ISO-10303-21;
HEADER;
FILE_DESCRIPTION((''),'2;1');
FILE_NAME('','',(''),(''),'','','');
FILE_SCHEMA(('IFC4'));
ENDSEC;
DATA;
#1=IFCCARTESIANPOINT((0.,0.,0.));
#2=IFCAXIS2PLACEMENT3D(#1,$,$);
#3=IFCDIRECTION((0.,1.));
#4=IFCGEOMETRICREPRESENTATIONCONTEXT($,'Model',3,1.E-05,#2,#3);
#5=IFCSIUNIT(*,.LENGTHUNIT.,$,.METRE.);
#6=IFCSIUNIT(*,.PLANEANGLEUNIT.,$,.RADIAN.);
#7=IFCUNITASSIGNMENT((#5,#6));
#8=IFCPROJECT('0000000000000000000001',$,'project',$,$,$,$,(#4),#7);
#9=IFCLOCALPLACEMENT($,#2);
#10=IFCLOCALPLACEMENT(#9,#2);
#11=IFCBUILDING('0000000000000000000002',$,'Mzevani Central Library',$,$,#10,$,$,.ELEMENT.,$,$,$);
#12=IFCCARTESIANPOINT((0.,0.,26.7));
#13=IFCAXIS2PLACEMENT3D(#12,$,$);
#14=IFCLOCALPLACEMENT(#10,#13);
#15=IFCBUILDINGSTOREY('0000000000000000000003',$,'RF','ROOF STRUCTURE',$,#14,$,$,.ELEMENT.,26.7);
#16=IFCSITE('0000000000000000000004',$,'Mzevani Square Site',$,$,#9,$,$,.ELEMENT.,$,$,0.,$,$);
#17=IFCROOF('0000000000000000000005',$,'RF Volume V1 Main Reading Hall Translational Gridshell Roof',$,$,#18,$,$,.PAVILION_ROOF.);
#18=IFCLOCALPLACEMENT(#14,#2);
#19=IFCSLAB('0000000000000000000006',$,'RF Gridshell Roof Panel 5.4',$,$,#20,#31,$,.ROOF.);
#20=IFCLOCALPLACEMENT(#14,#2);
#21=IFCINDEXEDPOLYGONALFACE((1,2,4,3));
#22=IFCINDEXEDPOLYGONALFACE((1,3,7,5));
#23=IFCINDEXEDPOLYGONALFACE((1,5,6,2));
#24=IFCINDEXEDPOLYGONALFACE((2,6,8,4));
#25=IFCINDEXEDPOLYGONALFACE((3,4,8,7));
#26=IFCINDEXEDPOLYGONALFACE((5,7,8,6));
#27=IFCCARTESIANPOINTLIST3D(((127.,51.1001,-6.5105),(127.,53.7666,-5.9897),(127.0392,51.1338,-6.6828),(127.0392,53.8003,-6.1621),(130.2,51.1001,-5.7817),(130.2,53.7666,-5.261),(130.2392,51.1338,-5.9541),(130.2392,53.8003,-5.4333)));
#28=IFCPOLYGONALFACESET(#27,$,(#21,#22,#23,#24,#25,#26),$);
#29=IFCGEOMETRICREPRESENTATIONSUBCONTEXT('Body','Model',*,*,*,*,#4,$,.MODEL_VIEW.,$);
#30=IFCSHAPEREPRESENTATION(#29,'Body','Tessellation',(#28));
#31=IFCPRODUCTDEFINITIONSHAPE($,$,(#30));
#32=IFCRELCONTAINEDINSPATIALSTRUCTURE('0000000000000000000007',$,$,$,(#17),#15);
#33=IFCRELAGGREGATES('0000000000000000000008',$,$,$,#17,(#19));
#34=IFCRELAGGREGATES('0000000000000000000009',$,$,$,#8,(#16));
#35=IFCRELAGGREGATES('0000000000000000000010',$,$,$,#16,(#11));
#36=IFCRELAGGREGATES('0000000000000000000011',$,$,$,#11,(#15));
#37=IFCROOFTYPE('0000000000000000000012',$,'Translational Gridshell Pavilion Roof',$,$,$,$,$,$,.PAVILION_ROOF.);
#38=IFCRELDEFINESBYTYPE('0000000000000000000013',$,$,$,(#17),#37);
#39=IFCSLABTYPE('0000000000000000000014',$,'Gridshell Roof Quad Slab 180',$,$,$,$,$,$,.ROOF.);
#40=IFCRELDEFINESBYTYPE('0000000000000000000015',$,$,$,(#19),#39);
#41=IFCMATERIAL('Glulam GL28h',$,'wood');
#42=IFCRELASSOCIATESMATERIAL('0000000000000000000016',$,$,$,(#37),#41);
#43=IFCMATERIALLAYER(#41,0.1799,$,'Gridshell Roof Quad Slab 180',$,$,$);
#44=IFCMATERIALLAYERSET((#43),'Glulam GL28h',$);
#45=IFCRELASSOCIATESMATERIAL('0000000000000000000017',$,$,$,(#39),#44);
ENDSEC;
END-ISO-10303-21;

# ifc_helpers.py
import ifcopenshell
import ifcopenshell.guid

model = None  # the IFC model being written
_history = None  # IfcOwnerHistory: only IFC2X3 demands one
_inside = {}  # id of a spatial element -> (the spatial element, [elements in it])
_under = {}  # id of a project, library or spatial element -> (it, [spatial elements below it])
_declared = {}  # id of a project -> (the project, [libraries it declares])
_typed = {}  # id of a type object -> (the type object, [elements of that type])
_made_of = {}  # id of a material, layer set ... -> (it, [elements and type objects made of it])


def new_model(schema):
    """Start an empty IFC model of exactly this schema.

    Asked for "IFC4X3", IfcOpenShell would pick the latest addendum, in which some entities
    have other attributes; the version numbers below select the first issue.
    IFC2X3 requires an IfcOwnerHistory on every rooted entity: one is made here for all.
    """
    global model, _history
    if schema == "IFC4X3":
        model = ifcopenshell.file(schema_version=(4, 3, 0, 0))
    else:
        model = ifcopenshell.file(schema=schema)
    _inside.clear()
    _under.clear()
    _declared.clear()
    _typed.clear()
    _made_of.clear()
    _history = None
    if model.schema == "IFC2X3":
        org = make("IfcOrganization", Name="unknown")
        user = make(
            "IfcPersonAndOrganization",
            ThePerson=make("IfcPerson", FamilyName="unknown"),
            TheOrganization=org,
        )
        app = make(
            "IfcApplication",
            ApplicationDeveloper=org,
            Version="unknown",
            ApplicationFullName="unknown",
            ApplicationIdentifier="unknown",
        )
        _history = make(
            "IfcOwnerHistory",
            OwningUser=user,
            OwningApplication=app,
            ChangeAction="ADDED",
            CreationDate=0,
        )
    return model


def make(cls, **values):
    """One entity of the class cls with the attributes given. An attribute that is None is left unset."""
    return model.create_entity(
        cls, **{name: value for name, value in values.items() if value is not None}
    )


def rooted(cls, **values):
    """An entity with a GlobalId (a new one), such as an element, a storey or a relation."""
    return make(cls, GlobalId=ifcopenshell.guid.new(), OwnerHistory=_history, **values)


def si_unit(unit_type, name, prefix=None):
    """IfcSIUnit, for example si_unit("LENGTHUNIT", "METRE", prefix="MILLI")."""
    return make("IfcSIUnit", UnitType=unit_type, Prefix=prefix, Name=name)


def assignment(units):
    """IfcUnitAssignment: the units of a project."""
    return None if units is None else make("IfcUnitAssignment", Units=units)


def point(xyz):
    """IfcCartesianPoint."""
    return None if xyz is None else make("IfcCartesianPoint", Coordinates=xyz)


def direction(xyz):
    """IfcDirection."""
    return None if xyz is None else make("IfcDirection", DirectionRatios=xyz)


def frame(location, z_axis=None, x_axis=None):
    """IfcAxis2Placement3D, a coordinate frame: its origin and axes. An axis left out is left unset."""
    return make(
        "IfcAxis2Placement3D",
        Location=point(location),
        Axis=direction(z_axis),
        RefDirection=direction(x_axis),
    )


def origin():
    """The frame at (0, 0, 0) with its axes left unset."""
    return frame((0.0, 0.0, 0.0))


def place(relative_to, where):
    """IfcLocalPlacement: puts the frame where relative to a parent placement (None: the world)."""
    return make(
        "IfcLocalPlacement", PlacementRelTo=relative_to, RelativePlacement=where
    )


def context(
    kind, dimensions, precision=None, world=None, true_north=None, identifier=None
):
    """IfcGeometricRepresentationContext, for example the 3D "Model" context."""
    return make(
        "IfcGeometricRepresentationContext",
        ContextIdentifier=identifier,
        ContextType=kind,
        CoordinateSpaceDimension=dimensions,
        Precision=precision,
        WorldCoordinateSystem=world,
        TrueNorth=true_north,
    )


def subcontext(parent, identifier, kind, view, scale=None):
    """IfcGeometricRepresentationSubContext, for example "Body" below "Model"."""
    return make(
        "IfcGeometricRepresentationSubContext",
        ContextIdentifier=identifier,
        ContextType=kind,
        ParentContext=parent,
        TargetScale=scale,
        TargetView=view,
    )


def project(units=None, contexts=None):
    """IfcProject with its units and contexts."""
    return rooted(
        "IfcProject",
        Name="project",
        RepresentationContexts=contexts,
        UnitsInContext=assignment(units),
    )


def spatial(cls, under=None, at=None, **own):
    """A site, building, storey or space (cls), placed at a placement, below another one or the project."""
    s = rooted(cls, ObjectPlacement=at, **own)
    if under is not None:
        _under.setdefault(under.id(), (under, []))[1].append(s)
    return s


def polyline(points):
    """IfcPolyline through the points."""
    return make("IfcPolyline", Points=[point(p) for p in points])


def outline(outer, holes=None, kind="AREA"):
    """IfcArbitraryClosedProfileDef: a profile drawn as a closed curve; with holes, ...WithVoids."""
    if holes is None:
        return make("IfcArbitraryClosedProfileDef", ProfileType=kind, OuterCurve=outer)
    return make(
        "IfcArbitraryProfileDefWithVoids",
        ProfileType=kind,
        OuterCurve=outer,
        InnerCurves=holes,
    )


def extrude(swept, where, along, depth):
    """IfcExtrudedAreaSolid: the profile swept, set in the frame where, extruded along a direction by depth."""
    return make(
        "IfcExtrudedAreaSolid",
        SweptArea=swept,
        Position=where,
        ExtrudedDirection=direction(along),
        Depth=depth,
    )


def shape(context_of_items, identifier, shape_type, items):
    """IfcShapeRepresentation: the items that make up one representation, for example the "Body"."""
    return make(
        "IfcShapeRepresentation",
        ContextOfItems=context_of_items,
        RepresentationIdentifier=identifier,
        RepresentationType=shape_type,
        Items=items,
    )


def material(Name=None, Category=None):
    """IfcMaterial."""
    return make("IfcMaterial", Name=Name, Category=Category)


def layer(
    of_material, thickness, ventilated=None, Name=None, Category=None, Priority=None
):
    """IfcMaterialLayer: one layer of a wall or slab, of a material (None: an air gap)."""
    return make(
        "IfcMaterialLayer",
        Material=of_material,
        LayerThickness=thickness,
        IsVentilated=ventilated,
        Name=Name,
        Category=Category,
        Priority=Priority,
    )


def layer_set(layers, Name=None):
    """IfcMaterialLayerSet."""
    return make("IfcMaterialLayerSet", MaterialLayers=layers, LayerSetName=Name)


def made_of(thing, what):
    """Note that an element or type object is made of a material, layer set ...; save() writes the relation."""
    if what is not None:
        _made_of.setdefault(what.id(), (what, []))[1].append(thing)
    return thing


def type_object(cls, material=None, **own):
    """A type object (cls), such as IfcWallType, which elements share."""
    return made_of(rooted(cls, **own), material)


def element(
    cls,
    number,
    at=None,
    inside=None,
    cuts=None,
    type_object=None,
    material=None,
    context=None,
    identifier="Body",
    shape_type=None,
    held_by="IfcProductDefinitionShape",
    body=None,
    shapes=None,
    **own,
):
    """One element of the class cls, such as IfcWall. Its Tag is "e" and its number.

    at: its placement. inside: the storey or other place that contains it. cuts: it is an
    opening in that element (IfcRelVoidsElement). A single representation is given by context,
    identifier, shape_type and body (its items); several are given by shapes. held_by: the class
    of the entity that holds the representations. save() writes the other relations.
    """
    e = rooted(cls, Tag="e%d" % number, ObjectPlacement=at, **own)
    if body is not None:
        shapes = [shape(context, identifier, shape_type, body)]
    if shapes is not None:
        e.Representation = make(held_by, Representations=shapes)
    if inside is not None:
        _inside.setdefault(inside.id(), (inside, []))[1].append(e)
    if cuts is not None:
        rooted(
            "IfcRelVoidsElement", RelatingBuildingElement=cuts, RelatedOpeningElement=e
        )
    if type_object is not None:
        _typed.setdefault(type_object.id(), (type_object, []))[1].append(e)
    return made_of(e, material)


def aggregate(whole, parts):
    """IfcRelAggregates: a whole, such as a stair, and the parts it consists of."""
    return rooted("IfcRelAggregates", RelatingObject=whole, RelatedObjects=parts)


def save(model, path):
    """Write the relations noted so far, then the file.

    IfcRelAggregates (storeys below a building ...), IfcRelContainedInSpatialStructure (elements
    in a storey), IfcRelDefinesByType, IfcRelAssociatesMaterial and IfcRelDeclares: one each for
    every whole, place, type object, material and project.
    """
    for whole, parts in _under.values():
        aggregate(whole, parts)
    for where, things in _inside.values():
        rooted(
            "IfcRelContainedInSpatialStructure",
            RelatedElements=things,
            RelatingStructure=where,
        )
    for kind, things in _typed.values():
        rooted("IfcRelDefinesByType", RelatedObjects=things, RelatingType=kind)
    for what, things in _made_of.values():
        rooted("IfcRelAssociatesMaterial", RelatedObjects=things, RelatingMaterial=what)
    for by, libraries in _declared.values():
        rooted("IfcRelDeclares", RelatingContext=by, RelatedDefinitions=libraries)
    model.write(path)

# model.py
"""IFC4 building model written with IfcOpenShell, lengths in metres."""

from ifc_helpers import new_model, si_unit, direction, frame, origin, place, context, subcontext, project, spatial, polyline, outline, extrude, material, layer, layer_set, type_object, element, aggregate, save


model = new_model("IFC4")

# Units and contexts
model_context = context("Model", 3, precision=1e-05, world=origin(), true_north=direction((0.0, 1.0)))
body_context = subcontext(model_context, "Body", "Model", "MODEL_VIEW")
ifc_project = project(units=[si_unit("LENGTHUNIT", "METRE"), si_unit("PLANEANGLEUNIT", "RADIAN")], contexts=[model_context])

# Site, building, storey
site_placement = place(None, origin())
site = spatial("IfcSite", under=ifc_project, at=site_placement, Name="Mzevani Square Site", CompositionType="ELEMENT", RefElevation=0.0)
building_placement = place(site_placement, origin())
building = spatial("IfcBuilding", under=site, at=building_placement, Name="Mzevani Central Library", CompositionType="ELEMENT")
storey_placement = place(building_placement, frame((0.0, 0.0, 26.7)))
storey = spatial("IfcBuildingStorey", under=building, at=storey_placement, Name="RF", Description="ROOF STRUCTURE", CompositionType="ELEMENT", Elevation=26.7)

# Shared definitions
ifc_material_1 = material(Name="Glulam GL28h", Category="wood")

# Roof, slab
roof_type = type_object("IfcRoofType", Name="Translational Gridshell Pavilion Roof", PredefinedType="PAVILION_ROOF", material=ifc_material_1)
roof_placement = place(storey_placement, origin())
roof = element("IfcRoof", 1, at=roof_placement, inside=storey, type_object=roof_type, Name="RF Volume V1 Main Reading Hall Translational Gridshell Roof", PredefinedType="PAVILION_ROOF")
ifc_layer_1 = layer(ifc_material_1, 0.1799, Name="Gridshell Roof Quad Slab 180")
ifc_layer_set_1 = layer_set([ifc_layer_1], Name="Glulam GL28h")
slab_type = type_object("IfcSlabType", Name="Gridshell Roof Quad Slab 180", PredefinedType="ROOF", material=ifc_layer_set_1)
slab_1_placement = place(storey_placement, frame((127.0, 51.1001, -6.5105), z_axis=(-0.218136, -0.187057, 0.957824), x_axis=(0.975034, 0.0, 0.222055)))
slab_1 = element("IfcSlab", 2, at=slab_1_placement, type_object=slab_type, Name="RF Gridshell Roof Panel 5.4", PredefinedType="ROOF", context=body_context, shape_type="SweptSolid", body=[
    extrude(outline(polyline([(0.0, 0.0), (3.2819, 0.0), (3.3975, 2.7144), (0.1156, 2.7144), (0.0, 0.0)])), origin(), (0.0, 0.0, -1.0), 0.1799),
])
aggregate(roof, [slab_1])

save(model, "model.ifc")
